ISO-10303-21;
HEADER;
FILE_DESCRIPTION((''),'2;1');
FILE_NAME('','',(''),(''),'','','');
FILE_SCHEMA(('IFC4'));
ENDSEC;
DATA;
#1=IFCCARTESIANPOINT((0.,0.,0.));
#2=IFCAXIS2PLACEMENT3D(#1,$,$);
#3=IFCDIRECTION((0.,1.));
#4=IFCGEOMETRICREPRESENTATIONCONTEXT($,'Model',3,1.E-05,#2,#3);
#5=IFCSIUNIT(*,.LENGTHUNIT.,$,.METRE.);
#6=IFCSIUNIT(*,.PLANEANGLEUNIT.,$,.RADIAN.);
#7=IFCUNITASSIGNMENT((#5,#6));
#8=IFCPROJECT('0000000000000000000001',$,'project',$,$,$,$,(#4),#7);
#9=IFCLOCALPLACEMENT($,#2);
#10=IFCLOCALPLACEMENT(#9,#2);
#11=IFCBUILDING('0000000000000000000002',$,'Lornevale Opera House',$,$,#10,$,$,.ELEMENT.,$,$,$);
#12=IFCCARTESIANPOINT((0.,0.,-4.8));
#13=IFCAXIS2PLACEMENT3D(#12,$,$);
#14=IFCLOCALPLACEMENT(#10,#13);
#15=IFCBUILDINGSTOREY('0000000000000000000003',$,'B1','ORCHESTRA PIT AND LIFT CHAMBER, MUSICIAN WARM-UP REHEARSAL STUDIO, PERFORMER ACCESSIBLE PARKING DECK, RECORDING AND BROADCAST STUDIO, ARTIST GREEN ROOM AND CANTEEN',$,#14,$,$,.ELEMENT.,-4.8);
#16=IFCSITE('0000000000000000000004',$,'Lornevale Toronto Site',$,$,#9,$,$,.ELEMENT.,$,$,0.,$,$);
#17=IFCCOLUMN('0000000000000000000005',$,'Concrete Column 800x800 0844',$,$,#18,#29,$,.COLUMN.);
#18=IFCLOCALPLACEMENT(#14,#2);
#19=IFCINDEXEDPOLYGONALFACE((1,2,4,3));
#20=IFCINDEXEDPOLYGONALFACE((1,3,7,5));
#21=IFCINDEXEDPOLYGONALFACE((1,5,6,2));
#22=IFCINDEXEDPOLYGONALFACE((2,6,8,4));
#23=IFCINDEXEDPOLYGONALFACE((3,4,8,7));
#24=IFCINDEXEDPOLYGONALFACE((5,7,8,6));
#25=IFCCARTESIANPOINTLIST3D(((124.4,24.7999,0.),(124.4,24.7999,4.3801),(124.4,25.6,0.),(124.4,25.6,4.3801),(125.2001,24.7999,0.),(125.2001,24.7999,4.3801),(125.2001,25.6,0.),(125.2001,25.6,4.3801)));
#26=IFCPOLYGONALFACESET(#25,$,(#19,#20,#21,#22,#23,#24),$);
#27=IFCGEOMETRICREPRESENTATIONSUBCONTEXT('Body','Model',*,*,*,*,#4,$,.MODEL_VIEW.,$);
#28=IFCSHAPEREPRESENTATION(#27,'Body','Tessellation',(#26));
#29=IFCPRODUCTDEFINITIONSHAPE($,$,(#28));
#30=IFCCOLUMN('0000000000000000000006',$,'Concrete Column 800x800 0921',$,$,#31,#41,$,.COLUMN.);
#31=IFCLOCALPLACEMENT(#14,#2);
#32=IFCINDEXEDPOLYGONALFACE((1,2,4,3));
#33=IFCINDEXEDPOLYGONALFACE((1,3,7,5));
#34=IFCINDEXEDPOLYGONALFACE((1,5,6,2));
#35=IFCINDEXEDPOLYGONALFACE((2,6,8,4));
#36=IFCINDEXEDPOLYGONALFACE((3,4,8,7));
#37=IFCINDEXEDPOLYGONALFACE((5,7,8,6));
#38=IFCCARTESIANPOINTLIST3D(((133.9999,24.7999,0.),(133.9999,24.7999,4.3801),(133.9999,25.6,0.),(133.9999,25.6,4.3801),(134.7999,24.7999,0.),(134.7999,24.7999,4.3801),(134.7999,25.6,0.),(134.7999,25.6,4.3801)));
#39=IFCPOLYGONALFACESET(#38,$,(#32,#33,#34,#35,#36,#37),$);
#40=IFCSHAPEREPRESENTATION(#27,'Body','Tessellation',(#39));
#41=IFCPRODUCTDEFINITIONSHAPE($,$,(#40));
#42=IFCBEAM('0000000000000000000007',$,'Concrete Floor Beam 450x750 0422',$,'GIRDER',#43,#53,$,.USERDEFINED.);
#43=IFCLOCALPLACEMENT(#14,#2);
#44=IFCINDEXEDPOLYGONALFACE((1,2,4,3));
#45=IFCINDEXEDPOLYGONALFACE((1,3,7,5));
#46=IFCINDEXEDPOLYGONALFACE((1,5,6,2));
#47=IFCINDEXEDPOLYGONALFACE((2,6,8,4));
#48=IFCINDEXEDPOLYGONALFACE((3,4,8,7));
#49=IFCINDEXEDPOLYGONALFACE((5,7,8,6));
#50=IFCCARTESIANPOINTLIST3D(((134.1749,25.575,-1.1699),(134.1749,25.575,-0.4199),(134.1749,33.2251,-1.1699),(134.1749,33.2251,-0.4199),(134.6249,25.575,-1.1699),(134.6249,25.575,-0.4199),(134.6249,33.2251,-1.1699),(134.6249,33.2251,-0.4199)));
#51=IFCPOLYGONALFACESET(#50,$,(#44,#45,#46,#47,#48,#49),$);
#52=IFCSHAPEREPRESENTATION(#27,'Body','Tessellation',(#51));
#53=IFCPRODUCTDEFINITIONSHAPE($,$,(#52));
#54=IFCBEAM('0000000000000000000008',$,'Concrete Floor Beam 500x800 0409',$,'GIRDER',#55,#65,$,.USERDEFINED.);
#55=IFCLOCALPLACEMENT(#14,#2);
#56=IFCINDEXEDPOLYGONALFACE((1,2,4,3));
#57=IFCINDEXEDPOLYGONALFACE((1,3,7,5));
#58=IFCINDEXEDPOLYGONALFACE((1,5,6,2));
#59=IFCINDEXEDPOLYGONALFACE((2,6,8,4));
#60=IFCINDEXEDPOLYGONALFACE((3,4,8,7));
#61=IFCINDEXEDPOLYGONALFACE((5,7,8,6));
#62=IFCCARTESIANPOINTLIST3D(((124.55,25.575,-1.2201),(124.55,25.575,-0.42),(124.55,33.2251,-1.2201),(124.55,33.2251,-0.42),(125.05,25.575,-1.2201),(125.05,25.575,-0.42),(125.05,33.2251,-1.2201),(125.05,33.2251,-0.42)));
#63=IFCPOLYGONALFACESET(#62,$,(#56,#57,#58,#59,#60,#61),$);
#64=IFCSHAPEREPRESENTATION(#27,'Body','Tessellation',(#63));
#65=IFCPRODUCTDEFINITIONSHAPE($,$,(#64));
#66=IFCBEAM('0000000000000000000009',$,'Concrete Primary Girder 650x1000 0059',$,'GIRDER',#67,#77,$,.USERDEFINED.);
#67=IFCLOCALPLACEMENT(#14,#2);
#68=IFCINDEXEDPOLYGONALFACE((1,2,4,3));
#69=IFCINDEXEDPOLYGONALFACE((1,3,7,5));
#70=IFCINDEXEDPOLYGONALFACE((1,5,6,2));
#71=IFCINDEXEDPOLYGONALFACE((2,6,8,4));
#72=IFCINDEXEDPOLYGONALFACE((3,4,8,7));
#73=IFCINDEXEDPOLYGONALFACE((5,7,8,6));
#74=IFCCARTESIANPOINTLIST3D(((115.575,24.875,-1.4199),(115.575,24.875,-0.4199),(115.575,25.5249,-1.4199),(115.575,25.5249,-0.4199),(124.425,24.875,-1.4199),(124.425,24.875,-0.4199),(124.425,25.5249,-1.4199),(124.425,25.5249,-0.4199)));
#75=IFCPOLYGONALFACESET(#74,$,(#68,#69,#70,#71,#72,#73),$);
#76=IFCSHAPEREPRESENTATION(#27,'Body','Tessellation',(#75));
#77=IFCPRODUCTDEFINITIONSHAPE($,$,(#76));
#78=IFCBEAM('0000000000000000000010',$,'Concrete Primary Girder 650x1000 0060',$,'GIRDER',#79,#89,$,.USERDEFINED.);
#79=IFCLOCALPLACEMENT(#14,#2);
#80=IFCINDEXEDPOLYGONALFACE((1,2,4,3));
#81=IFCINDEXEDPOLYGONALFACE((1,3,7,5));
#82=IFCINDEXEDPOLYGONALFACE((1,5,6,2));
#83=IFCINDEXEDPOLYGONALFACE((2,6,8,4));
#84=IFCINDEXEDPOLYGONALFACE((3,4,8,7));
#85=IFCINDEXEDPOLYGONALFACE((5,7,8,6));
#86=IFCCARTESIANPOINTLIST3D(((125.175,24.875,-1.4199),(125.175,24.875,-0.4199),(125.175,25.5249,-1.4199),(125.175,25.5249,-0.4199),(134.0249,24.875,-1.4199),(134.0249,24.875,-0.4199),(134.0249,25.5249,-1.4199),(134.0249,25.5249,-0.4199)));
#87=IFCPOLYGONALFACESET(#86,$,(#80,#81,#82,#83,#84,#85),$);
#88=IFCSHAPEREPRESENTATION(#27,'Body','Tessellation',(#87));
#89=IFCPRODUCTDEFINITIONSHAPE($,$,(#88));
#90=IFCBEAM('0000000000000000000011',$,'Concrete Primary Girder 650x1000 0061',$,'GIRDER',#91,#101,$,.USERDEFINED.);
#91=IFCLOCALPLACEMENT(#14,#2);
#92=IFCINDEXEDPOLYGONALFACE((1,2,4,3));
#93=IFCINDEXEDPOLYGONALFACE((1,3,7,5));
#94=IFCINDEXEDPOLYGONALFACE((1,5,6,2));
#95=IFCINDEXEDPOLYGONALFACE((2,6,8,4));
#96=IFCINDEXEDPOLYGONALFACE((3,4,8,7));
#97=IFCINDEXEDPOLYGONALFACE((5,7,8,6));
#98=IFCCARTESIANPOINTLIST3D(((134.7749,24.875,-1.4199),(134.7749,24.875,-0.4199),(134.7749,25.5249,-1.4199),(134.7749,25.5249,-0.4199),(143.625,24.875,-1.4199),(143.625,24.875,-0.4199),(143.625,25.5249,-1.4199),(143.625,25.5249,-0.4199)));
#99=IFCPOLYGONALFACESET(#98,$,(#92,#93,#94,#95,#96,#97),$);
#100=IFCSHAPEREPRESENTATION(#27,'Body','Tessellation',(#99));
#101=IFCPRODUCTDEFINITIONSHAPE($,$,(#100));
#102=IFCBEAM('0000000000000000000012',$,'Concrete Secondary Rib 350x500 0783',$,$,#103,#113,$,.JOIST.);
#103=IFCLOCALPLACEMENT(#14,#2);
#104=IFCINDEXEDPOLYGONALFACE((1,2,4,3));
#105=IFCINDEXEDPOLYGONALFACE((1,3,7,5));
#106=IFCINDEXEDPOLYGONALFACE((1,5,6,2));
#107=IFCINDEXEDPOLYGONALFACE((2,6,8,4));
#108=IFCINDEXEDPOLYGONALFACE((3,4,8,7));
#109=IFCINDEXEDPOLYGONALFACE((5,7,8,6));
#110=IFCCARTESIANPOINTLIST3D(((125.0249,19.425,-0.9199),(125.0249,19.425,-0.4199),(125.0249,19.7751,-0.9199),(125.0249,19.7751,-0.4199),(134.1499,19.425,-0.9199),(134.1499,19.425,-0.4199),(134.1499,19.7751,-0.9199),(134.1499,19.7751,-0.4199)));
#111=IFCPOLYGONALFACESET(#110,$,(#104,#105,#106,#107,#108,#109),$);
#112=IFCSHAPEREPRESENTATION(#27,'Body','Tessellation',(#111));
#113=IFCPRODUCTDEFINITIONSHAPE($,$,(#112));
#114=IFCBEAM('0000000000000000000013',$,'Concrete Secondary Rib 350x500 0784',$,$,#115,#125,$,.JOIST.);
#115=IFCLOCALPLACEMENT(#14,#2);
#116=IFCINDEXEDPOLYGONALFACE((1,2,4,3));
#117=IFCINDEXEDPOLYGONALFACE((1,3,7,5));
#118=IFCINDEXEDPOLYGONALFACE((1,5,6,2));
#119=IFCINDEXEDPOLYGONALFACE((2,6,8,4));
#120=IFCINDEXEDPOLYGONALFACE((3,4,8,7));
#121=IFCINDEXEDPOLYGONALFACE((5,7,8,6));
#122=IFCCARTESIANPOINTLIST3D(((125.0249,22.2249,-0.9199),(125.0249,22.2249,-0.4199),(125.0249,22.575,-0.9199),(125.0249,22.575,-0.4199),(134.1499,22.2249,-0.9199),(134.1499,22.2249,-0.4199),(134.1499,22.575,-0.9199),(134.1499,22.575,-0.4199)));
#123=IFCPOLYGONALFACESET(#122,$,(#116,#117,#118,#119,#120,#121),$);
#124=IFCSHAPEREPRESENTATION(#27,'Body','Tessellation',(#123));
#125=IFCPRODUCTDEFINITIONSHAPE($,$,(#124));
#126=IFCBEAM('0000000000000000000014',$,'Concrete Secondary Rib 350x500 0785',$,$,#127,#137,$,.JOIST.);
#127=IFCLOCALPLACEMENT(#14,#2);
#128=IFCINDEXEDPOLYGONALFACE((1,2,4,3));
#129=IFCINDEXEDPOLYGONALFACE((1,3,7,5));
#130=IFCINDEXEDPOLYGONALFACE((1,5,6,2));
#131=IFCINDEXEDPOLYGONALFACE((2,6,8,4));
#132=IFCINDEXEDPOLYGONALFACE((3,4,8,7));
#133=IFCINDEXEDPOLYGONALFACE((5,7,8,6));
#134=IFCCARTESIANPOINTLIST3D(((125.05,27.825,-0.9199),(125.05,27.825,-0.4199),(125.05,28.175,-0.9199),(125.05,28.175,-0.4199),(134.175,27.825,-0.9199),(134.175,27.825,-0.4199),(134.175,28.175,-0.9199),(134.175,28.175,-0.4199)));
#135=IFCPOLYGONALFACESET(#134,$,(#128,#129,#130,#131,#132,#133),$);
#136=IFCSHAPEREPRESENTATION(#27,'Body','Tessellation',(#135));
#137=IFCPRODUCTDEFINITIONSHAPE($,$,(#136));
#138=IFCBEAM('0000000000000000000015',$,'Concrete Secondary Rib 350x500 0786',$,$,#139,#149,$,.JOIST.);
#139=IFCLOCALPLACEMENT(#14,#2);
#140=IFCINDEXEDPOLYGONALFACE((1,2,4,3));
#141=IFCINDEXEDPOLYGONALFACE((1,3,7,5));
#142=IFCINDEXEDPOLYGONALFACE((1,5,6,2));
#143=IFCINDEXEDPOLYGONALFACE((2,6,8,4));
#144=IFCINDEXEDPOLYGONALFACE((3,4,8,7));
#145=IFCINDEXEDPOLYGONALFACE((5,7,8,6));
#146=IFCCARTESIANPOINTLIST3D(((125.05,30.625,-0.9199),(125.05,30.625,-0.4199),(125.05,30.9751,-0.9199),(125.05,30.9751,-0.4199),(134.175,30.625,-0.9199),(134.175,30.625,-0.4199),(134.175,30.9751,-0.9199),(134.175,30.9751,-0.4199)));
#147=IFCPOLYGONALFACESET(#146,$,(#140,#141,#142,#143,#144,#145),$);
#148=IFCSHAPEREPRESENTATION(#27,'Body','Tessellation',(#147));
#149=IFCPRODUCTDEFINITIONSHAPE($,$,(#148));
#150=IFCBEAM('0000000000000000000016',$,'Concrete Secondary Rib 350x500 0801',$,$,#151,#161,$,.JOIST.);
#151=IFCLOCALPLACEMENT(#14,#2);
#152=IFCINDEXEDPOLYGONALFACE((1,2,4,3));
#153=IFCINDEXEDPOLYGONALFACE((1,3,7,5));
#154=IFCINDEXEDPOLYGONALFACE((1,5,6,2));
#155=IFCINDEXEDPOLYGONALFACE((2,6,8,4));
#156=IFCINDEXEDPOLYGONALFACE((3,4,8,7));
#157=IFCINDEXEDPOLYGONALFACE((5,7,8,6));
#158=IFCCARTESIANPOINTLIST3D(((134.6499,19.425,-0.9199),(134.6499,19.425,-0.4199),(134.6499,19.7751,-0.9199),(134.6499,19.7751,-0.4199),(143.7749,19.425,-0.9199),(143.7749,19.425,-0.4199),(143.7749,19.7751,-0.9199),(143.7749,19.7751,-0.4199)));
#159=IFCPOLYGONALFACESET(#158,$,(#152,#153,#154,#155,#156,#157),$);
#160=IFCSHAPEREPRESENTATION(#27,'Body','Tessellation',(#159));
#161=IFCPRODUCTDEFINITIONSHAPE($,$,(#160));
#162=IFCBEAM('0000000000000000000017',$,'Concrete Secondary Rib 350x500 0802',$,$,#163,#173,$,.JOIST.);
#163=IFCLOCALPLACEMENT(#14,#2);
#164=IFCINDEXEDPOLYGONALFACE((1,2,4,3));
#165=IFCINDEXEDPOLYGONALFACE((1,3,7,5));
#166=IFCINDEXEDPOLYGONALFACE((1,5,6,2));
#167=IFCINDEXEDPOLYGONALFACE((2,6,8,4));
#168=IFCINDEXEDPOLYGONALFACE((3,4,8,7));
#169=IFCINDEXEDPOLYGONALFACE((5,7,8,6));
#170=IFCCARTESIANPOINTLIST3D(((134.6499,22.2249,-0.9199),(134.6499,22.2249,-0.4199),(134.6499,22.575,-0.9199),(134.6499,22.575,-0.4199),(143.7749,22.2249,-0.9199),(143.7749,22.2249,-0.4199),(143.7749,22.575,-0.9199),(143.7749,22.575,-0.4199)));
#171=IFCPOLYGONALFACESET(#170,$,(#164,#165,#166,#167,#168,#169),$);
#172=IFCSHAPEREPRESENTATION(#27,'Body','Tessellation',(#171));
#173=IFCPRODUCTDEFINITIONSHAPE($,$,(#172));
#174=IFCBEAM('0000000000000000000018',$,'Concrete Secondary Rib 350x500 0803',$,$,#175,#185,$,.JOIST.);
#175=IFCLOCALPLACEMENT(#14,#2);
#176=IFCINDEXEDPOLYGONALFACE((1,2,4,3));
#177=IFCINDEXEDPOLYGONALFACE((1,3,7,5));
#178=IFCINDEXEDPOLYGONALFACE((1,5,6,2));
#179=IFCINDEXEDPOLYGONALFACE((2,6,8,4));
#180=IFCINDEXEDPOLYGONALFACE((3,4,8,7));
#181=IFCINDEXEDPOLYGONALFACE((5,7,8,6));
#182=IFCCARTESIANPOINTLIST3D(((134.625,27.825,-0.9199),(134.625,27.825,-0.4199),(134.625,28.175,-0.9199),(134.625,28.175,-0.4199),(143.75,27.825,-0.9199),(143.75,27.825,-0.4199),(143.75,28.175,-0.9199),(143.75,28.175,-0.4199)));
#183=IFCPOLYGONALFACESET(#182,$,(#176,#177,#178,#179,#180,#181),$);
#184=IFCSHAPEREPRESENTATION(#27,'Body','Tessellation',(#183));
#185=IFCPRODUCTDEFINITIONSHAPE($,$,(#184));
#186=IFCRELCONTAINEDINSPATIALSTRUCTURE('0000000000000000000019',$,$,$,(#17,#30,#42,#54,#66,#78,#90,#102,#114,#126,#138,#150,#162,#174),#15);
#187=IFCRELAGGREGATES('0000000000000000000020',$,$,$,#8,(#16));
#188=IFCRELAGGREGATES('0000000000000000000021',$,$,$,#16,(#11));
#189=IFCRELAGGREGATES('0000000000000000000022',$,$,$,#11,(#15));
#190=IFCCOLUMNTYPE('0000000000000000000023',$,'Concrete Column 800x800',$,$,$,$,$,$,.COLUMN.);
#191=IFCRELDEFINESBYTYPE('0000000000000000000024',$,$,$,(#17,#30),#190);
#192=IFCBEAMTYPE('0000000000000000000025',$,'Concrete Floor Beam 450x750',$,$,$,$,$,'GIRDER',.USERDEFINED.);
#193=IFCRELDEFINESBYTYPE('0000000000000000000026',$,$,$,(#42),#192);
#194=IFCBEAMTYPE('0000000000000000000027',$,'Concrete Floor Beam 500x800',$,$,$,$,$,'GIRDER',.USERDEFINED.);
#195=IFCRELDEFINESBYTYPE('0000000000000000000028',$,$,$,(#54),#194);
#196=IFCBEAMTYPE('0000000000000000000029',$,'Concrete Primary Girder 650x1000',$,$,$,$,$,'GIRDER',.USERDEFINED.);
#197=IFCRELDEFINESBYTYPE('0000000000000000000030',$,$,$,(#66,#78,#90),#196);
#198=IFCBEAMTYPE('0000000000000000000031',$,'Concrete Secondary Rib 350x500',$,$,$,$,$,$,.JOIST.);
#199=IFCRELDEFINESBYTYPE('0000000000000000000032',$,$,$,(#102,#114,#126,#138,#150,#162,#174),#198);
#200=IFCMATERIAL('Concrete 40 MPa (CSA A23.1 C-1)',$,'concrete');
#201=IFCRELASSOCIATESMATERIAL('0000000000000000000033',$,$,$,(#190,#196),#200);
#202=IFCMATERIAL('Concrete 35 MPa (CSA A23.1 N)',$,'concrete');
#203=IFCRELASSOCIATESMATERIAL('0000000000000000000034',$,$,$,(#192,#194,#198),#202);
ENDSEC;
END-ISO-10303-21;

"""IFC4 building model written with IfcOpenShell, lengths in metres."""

from ifc_helpers import new_model, si_unit, direction, frame, origin, origin_2d, place, context, subcontext, project, spatial, rectangle, extrude, material, material_profile, profile_set, type_object, element, save


model = new_model("IFC4")

# Units and contexts
model_context = context("Model", 3, precision=1e-05, world=origin(), true_north=direction((0.0, 1.0)))
body_context = subcontext(model_context, "Body", "Model", "MODEL_VIEW")
ifc_project = project(units=[si_unit("LENGTHUNIT", "METRE"), si_unit("PLANEANGLEUNIT", "RADIAN")], contexts=[model_context])

# Site, building, storey
site_placement = place(None, origin())
site = spatial("IfcSite", under=ifc_project, at=site_placement, Name="Lornevale Toronto Site", CompositionType="ELEMENT", RefElevation=0.0)
building_placement = place(site_placement, origin())
building = spatial("IfcBuilding", under=site, at=building_placement, Name="Lornevale Opera House", CompositionType="ELEMENT")
storey_placement = place(building_placement, frame((0.0, 0.0, -4.8)))
storey = spatial("IfcBuildingStorey", under=building, at=storey_placement, Name="B1", Description="ORCHESTRA PIT AND LIFT CHAMBER, MUSICIAN WARM-UP REHEARSAL STUDIO, PERFORMER ACCESSIBLE PARKING DECK, RECORDING AND BROADCAST STUDIO, ARTIST GREEN ROOM AND CANTEEN", CompositionType="ELEMENT", Elevation=-4.8)

# Columns
ifc_material_1 = material(Name="Concrete 40 MPa (CSA A23.1 C-1)", Category="concrete")
ifc_material_profile_1 = material_profile(ifc_material_1, rectangle(XDim=0.8, YDim=0.8, at=origin_2d()), Name="RC800x800")
ifc_profile_set_1 = profile_set([ifc_material_profile_1], Name="Concrete 40 MPa (CSA A23.1 C-1)")
column_type = type_object("IfcColumnType", Name="Concrete Column 800x800", PredefinedType="COLUMN", material=ifc_profile_set_1)
for number, where, z_axis, x_axis, name in (
    (1, (124.8, 25.2, 0.0), (0.0, 0.0, 1.0), (1.0, 0.0, 0.0), "Concrete Column 800x800 0844"),
    (2, (134.3999, 25.2, 0.0), (0.0, 0.0, 1.0), (1.0, 0.0, 0.0), "Concrete Column 800x800 0921"),
):
    element("IfcColumn", number, at=place(storey_placement, frame(where, z_axis=z_axis, x_axis=x_axis)), inside=storey, type_object=column_type, Name=name, PredefinedType="COLUMN", context=body_context, shape_type="SweptSolid", body=[
        extrude(rectangle(XDim=0.8, YDim=0.8, at=origin_2d()), origin(), (0.0, 0.0, 1.0), 4.3801),
    ])

# Beams
ifc_material_2 = material(Name="Concrete 35 MPa (CSA A23.1 N)", Category="concrete")
ifc_material_profile_2 = material_profile(ifc_material_2, rectangle(XDim=0.45, YDim=0.75, at=origin_2d()), Name="RC450x750")
ifc_profile_set_2 = profile_set([ifc_material_profile_2], Name="Concrete 35 MPa (CSA A23.1 N)")
beam_type_1 = type_object("IfcBeamType", Name="Concrete Floor Beam 450x750", ElementType="GIRDER", PredefinedType="USERDEFINED", material=ifc_profile_set_2)
beam_1_placement = place(storey_placement, frame((134.3999, 25.575, -0.7949), z_axis=(0.0, 1.0, 0.0), x_axis=(-1.0, 0.0, 0.0)))
element("IfcBeam", 3, at=beam_1_placement, inside=storey, type_object=beam_type_1, Name="Concrete Floor Beam 450x750 0422", ObjectType="GIRDER", PredefinedType="USERDEFINED", context=body_context, shape_type="SweptSolid", body=[
    extrude(rectangle(XDim=0.45, YDim=0.75, at=origin_2d()), origin(), (0.0, 0.0, 1.0), 7.6501),
])
ifc_material_profile_3 = material_profile(ifc_material_2, rectangle(XDim=0.5, YDim=0.8, at=origin_2d()), Name="RC500x800")
ifc_profile_set_3 = profile_set([ifc_material_profile_3], Name="Concrete 35 MPa (CSA A23.1 N)")
beam_type_2 = type_object("IfcBeamType", Name="Concrete Floor Beam 500x800", ElementType="GIRDER", PredefinedType="USERDEFINED", material=ifc_profile_set_3)
beam_2_placement = place(storey_placement, frame((124.8, 25.575, -0.8201), z_axis=(0.0, 1.0, 0.0), x_axis=(-1.0, 0.0, 0.0)))
element("IfcBeam", 4, at=beam_2_placement, inside=storey, type_object=beam_type_2, Name="Concrete Floor Beam 500x800 0409", ObjectType="GIRDER", PredefinedType="USERDEFINED", context=body_context, shape_type="SweptSolid", body=[
    extrude(rectangle(XDim=0.5, YDim=0.8, at=origin_2d()), origin(), (0.0, 0.0, 1.0), 7.6501),
])
ifc_material_profile_4 = material_profile(ifc_material_1, rectangle(XDim=0.6499, YDim=1.0, at=origin_2d()), Name="RC650x1000")
ifc_profile_set_4 = profile_set([ifc_material_profile_4], Name="Concrete 40 MPa (CSA A23.1 C-1)")
beam_type_3 = type_object("IfcBeamType", Name="Concrete Primary Girder 650x1000", ElementType="GIRDER", PredefinedType="USERDEFINED", material=ifc_profile_set_4)
beam_3_placement = place(storey_placement, frame((115.575, 25.2, -0.9199), z_axis=(1.0, 0.0, 0.0), x_axis=(0.0, 1.0, 0.0)))
element("IfcBeam", 5, at=beam_3_placement, inside=storey, type_object=beam_type_3, Name="Concrete Primary Girder 650x1000 0059", ObjectType="GIRDER", PredefinedType="USERDEFINED", context=body_context, shape_type="SweptSolid", body=[
    extrude(rectangle(XDim=0.6499, YDim=1.0, at=origin_2d()), origin(), (0.0, 0.0, 1.0), 8.8501),
])
beam_4_placement = place(storey_placement, frame((125.175, 25.2, -0.9199), z_axis=(1.0, 0.0, 0.0), x_axis=(0.0, 1.0, 0.0)))
element("IfcBeam", 6, at=beam_4_placement, inside=storey, type_object=beam_type_3, Name="Concrete Primary Girder 650x1000 0060", ObjectType="GIRDER", PredefinedType="USERDEFINED", context=body_context, shape_type="SweptSolid", body=[
    extrude(rectangle(XDim=0.6499, YDim=1.0, at=origin_2d()), origin(), (0.0, 0.0, 1.0), 8.8499),
])
beam_5_placement = place(storey_placement, frame((134.7749, 25.2, -0.9199), z_axis=(1.0, 0.0, 0.0), x_axis=(0.0, 1.0, 0.0)))
element("IfcBeam", 7, at=beam_5_placement, inside=storey, type_object=beam_type_3, Name="Concrete Primary Girder 650x1000 0061", ObjectType="GIRDER", PredefinedType="USERDEFINED", context=body_context, shape_type="SweptSolid", body=[
    extrude(rectangle(XDim=0.6499, YDim=1.0, at=origin_2d()), origin(), (0.0, 0.0, 1.0), 8.8501),
])
ifc_material_profile_5 = material_profile(ifc_material_2, rectangle(XDim=0.3501, YDim=0.5, at=origin_2d()), Name="RC350x500")
ifc_profile_set_5 = profile_set([ifc_material_profile_5], Name="Concrete 35 MPa (CSA A23.1 N)")
beam_type_4 = type_object("IfcBeamType", Name="Concrete Secondary Rib 350x500", PredefinedType="JOIST", material=ifc_profile_set_5)
for number, where, z_axis, x_axis, name in (
    (8, (125.0249, 19.6001, -0.6699), (1.0, 0.0, 0.0), (0.0, 1.0, 0.0), "Concrete Secondary Rib 350x500 0783"),
    (9, (125.0249, 22.3999, -0.6699), (1.0, 0.0, 0.0), (0.0, 1.0, 0.0), "Concrete Secondary Rib 350x500 0784"),
    (10, (125.05, 28.0, -0.6699), (1.0, 0.0, 0.0), (0.0, 1.0, 0.0), "Concrete Secondary Rib 350x500 0785"),
    (11, (125.05, 30.8, -0.6699), (1.0, 0.0, 0.0), (0.0, 1.0, 0.0), "Concrete Secondary Rib 350x500 0786"),
    (12, (134.6499, 19.6001, -0.6699), (1.0, 0.0, 0.0), (0.0, 1.0, 0.0), "Concrete Secondary Rib 350x500 0801"),
    (13, (134.6499, 22.3999, -0.6699), (1.0, 0.0, 0.0), (0.0, 1.0, 0.0), "Concrete Secondary Rib 350x500 0802"),
    (14, (134.625, 28.0, -0.6699), (1.0, 0.0, 0.0), (0.0, 1.0, 0.0), "Concrete Secondary Rib 350x500 0803"),
):
    element("IfcBeam", number, at=place(storey_placement, frame(where, z_axis=z_axis, x_axis=x_axis)), inside=storey, type_object=beam_type_4, Name=name, PredefinedType="JOIST", context=body_context, shape_type="SweptSolid", body=[
        extrude(rectangle(XDim=0.3501, YDim=0.5, at=origin_2d()), origin(), (0.0, 0.0, 1.0), 9.125),
    ])

save(model, "model.ifc")
